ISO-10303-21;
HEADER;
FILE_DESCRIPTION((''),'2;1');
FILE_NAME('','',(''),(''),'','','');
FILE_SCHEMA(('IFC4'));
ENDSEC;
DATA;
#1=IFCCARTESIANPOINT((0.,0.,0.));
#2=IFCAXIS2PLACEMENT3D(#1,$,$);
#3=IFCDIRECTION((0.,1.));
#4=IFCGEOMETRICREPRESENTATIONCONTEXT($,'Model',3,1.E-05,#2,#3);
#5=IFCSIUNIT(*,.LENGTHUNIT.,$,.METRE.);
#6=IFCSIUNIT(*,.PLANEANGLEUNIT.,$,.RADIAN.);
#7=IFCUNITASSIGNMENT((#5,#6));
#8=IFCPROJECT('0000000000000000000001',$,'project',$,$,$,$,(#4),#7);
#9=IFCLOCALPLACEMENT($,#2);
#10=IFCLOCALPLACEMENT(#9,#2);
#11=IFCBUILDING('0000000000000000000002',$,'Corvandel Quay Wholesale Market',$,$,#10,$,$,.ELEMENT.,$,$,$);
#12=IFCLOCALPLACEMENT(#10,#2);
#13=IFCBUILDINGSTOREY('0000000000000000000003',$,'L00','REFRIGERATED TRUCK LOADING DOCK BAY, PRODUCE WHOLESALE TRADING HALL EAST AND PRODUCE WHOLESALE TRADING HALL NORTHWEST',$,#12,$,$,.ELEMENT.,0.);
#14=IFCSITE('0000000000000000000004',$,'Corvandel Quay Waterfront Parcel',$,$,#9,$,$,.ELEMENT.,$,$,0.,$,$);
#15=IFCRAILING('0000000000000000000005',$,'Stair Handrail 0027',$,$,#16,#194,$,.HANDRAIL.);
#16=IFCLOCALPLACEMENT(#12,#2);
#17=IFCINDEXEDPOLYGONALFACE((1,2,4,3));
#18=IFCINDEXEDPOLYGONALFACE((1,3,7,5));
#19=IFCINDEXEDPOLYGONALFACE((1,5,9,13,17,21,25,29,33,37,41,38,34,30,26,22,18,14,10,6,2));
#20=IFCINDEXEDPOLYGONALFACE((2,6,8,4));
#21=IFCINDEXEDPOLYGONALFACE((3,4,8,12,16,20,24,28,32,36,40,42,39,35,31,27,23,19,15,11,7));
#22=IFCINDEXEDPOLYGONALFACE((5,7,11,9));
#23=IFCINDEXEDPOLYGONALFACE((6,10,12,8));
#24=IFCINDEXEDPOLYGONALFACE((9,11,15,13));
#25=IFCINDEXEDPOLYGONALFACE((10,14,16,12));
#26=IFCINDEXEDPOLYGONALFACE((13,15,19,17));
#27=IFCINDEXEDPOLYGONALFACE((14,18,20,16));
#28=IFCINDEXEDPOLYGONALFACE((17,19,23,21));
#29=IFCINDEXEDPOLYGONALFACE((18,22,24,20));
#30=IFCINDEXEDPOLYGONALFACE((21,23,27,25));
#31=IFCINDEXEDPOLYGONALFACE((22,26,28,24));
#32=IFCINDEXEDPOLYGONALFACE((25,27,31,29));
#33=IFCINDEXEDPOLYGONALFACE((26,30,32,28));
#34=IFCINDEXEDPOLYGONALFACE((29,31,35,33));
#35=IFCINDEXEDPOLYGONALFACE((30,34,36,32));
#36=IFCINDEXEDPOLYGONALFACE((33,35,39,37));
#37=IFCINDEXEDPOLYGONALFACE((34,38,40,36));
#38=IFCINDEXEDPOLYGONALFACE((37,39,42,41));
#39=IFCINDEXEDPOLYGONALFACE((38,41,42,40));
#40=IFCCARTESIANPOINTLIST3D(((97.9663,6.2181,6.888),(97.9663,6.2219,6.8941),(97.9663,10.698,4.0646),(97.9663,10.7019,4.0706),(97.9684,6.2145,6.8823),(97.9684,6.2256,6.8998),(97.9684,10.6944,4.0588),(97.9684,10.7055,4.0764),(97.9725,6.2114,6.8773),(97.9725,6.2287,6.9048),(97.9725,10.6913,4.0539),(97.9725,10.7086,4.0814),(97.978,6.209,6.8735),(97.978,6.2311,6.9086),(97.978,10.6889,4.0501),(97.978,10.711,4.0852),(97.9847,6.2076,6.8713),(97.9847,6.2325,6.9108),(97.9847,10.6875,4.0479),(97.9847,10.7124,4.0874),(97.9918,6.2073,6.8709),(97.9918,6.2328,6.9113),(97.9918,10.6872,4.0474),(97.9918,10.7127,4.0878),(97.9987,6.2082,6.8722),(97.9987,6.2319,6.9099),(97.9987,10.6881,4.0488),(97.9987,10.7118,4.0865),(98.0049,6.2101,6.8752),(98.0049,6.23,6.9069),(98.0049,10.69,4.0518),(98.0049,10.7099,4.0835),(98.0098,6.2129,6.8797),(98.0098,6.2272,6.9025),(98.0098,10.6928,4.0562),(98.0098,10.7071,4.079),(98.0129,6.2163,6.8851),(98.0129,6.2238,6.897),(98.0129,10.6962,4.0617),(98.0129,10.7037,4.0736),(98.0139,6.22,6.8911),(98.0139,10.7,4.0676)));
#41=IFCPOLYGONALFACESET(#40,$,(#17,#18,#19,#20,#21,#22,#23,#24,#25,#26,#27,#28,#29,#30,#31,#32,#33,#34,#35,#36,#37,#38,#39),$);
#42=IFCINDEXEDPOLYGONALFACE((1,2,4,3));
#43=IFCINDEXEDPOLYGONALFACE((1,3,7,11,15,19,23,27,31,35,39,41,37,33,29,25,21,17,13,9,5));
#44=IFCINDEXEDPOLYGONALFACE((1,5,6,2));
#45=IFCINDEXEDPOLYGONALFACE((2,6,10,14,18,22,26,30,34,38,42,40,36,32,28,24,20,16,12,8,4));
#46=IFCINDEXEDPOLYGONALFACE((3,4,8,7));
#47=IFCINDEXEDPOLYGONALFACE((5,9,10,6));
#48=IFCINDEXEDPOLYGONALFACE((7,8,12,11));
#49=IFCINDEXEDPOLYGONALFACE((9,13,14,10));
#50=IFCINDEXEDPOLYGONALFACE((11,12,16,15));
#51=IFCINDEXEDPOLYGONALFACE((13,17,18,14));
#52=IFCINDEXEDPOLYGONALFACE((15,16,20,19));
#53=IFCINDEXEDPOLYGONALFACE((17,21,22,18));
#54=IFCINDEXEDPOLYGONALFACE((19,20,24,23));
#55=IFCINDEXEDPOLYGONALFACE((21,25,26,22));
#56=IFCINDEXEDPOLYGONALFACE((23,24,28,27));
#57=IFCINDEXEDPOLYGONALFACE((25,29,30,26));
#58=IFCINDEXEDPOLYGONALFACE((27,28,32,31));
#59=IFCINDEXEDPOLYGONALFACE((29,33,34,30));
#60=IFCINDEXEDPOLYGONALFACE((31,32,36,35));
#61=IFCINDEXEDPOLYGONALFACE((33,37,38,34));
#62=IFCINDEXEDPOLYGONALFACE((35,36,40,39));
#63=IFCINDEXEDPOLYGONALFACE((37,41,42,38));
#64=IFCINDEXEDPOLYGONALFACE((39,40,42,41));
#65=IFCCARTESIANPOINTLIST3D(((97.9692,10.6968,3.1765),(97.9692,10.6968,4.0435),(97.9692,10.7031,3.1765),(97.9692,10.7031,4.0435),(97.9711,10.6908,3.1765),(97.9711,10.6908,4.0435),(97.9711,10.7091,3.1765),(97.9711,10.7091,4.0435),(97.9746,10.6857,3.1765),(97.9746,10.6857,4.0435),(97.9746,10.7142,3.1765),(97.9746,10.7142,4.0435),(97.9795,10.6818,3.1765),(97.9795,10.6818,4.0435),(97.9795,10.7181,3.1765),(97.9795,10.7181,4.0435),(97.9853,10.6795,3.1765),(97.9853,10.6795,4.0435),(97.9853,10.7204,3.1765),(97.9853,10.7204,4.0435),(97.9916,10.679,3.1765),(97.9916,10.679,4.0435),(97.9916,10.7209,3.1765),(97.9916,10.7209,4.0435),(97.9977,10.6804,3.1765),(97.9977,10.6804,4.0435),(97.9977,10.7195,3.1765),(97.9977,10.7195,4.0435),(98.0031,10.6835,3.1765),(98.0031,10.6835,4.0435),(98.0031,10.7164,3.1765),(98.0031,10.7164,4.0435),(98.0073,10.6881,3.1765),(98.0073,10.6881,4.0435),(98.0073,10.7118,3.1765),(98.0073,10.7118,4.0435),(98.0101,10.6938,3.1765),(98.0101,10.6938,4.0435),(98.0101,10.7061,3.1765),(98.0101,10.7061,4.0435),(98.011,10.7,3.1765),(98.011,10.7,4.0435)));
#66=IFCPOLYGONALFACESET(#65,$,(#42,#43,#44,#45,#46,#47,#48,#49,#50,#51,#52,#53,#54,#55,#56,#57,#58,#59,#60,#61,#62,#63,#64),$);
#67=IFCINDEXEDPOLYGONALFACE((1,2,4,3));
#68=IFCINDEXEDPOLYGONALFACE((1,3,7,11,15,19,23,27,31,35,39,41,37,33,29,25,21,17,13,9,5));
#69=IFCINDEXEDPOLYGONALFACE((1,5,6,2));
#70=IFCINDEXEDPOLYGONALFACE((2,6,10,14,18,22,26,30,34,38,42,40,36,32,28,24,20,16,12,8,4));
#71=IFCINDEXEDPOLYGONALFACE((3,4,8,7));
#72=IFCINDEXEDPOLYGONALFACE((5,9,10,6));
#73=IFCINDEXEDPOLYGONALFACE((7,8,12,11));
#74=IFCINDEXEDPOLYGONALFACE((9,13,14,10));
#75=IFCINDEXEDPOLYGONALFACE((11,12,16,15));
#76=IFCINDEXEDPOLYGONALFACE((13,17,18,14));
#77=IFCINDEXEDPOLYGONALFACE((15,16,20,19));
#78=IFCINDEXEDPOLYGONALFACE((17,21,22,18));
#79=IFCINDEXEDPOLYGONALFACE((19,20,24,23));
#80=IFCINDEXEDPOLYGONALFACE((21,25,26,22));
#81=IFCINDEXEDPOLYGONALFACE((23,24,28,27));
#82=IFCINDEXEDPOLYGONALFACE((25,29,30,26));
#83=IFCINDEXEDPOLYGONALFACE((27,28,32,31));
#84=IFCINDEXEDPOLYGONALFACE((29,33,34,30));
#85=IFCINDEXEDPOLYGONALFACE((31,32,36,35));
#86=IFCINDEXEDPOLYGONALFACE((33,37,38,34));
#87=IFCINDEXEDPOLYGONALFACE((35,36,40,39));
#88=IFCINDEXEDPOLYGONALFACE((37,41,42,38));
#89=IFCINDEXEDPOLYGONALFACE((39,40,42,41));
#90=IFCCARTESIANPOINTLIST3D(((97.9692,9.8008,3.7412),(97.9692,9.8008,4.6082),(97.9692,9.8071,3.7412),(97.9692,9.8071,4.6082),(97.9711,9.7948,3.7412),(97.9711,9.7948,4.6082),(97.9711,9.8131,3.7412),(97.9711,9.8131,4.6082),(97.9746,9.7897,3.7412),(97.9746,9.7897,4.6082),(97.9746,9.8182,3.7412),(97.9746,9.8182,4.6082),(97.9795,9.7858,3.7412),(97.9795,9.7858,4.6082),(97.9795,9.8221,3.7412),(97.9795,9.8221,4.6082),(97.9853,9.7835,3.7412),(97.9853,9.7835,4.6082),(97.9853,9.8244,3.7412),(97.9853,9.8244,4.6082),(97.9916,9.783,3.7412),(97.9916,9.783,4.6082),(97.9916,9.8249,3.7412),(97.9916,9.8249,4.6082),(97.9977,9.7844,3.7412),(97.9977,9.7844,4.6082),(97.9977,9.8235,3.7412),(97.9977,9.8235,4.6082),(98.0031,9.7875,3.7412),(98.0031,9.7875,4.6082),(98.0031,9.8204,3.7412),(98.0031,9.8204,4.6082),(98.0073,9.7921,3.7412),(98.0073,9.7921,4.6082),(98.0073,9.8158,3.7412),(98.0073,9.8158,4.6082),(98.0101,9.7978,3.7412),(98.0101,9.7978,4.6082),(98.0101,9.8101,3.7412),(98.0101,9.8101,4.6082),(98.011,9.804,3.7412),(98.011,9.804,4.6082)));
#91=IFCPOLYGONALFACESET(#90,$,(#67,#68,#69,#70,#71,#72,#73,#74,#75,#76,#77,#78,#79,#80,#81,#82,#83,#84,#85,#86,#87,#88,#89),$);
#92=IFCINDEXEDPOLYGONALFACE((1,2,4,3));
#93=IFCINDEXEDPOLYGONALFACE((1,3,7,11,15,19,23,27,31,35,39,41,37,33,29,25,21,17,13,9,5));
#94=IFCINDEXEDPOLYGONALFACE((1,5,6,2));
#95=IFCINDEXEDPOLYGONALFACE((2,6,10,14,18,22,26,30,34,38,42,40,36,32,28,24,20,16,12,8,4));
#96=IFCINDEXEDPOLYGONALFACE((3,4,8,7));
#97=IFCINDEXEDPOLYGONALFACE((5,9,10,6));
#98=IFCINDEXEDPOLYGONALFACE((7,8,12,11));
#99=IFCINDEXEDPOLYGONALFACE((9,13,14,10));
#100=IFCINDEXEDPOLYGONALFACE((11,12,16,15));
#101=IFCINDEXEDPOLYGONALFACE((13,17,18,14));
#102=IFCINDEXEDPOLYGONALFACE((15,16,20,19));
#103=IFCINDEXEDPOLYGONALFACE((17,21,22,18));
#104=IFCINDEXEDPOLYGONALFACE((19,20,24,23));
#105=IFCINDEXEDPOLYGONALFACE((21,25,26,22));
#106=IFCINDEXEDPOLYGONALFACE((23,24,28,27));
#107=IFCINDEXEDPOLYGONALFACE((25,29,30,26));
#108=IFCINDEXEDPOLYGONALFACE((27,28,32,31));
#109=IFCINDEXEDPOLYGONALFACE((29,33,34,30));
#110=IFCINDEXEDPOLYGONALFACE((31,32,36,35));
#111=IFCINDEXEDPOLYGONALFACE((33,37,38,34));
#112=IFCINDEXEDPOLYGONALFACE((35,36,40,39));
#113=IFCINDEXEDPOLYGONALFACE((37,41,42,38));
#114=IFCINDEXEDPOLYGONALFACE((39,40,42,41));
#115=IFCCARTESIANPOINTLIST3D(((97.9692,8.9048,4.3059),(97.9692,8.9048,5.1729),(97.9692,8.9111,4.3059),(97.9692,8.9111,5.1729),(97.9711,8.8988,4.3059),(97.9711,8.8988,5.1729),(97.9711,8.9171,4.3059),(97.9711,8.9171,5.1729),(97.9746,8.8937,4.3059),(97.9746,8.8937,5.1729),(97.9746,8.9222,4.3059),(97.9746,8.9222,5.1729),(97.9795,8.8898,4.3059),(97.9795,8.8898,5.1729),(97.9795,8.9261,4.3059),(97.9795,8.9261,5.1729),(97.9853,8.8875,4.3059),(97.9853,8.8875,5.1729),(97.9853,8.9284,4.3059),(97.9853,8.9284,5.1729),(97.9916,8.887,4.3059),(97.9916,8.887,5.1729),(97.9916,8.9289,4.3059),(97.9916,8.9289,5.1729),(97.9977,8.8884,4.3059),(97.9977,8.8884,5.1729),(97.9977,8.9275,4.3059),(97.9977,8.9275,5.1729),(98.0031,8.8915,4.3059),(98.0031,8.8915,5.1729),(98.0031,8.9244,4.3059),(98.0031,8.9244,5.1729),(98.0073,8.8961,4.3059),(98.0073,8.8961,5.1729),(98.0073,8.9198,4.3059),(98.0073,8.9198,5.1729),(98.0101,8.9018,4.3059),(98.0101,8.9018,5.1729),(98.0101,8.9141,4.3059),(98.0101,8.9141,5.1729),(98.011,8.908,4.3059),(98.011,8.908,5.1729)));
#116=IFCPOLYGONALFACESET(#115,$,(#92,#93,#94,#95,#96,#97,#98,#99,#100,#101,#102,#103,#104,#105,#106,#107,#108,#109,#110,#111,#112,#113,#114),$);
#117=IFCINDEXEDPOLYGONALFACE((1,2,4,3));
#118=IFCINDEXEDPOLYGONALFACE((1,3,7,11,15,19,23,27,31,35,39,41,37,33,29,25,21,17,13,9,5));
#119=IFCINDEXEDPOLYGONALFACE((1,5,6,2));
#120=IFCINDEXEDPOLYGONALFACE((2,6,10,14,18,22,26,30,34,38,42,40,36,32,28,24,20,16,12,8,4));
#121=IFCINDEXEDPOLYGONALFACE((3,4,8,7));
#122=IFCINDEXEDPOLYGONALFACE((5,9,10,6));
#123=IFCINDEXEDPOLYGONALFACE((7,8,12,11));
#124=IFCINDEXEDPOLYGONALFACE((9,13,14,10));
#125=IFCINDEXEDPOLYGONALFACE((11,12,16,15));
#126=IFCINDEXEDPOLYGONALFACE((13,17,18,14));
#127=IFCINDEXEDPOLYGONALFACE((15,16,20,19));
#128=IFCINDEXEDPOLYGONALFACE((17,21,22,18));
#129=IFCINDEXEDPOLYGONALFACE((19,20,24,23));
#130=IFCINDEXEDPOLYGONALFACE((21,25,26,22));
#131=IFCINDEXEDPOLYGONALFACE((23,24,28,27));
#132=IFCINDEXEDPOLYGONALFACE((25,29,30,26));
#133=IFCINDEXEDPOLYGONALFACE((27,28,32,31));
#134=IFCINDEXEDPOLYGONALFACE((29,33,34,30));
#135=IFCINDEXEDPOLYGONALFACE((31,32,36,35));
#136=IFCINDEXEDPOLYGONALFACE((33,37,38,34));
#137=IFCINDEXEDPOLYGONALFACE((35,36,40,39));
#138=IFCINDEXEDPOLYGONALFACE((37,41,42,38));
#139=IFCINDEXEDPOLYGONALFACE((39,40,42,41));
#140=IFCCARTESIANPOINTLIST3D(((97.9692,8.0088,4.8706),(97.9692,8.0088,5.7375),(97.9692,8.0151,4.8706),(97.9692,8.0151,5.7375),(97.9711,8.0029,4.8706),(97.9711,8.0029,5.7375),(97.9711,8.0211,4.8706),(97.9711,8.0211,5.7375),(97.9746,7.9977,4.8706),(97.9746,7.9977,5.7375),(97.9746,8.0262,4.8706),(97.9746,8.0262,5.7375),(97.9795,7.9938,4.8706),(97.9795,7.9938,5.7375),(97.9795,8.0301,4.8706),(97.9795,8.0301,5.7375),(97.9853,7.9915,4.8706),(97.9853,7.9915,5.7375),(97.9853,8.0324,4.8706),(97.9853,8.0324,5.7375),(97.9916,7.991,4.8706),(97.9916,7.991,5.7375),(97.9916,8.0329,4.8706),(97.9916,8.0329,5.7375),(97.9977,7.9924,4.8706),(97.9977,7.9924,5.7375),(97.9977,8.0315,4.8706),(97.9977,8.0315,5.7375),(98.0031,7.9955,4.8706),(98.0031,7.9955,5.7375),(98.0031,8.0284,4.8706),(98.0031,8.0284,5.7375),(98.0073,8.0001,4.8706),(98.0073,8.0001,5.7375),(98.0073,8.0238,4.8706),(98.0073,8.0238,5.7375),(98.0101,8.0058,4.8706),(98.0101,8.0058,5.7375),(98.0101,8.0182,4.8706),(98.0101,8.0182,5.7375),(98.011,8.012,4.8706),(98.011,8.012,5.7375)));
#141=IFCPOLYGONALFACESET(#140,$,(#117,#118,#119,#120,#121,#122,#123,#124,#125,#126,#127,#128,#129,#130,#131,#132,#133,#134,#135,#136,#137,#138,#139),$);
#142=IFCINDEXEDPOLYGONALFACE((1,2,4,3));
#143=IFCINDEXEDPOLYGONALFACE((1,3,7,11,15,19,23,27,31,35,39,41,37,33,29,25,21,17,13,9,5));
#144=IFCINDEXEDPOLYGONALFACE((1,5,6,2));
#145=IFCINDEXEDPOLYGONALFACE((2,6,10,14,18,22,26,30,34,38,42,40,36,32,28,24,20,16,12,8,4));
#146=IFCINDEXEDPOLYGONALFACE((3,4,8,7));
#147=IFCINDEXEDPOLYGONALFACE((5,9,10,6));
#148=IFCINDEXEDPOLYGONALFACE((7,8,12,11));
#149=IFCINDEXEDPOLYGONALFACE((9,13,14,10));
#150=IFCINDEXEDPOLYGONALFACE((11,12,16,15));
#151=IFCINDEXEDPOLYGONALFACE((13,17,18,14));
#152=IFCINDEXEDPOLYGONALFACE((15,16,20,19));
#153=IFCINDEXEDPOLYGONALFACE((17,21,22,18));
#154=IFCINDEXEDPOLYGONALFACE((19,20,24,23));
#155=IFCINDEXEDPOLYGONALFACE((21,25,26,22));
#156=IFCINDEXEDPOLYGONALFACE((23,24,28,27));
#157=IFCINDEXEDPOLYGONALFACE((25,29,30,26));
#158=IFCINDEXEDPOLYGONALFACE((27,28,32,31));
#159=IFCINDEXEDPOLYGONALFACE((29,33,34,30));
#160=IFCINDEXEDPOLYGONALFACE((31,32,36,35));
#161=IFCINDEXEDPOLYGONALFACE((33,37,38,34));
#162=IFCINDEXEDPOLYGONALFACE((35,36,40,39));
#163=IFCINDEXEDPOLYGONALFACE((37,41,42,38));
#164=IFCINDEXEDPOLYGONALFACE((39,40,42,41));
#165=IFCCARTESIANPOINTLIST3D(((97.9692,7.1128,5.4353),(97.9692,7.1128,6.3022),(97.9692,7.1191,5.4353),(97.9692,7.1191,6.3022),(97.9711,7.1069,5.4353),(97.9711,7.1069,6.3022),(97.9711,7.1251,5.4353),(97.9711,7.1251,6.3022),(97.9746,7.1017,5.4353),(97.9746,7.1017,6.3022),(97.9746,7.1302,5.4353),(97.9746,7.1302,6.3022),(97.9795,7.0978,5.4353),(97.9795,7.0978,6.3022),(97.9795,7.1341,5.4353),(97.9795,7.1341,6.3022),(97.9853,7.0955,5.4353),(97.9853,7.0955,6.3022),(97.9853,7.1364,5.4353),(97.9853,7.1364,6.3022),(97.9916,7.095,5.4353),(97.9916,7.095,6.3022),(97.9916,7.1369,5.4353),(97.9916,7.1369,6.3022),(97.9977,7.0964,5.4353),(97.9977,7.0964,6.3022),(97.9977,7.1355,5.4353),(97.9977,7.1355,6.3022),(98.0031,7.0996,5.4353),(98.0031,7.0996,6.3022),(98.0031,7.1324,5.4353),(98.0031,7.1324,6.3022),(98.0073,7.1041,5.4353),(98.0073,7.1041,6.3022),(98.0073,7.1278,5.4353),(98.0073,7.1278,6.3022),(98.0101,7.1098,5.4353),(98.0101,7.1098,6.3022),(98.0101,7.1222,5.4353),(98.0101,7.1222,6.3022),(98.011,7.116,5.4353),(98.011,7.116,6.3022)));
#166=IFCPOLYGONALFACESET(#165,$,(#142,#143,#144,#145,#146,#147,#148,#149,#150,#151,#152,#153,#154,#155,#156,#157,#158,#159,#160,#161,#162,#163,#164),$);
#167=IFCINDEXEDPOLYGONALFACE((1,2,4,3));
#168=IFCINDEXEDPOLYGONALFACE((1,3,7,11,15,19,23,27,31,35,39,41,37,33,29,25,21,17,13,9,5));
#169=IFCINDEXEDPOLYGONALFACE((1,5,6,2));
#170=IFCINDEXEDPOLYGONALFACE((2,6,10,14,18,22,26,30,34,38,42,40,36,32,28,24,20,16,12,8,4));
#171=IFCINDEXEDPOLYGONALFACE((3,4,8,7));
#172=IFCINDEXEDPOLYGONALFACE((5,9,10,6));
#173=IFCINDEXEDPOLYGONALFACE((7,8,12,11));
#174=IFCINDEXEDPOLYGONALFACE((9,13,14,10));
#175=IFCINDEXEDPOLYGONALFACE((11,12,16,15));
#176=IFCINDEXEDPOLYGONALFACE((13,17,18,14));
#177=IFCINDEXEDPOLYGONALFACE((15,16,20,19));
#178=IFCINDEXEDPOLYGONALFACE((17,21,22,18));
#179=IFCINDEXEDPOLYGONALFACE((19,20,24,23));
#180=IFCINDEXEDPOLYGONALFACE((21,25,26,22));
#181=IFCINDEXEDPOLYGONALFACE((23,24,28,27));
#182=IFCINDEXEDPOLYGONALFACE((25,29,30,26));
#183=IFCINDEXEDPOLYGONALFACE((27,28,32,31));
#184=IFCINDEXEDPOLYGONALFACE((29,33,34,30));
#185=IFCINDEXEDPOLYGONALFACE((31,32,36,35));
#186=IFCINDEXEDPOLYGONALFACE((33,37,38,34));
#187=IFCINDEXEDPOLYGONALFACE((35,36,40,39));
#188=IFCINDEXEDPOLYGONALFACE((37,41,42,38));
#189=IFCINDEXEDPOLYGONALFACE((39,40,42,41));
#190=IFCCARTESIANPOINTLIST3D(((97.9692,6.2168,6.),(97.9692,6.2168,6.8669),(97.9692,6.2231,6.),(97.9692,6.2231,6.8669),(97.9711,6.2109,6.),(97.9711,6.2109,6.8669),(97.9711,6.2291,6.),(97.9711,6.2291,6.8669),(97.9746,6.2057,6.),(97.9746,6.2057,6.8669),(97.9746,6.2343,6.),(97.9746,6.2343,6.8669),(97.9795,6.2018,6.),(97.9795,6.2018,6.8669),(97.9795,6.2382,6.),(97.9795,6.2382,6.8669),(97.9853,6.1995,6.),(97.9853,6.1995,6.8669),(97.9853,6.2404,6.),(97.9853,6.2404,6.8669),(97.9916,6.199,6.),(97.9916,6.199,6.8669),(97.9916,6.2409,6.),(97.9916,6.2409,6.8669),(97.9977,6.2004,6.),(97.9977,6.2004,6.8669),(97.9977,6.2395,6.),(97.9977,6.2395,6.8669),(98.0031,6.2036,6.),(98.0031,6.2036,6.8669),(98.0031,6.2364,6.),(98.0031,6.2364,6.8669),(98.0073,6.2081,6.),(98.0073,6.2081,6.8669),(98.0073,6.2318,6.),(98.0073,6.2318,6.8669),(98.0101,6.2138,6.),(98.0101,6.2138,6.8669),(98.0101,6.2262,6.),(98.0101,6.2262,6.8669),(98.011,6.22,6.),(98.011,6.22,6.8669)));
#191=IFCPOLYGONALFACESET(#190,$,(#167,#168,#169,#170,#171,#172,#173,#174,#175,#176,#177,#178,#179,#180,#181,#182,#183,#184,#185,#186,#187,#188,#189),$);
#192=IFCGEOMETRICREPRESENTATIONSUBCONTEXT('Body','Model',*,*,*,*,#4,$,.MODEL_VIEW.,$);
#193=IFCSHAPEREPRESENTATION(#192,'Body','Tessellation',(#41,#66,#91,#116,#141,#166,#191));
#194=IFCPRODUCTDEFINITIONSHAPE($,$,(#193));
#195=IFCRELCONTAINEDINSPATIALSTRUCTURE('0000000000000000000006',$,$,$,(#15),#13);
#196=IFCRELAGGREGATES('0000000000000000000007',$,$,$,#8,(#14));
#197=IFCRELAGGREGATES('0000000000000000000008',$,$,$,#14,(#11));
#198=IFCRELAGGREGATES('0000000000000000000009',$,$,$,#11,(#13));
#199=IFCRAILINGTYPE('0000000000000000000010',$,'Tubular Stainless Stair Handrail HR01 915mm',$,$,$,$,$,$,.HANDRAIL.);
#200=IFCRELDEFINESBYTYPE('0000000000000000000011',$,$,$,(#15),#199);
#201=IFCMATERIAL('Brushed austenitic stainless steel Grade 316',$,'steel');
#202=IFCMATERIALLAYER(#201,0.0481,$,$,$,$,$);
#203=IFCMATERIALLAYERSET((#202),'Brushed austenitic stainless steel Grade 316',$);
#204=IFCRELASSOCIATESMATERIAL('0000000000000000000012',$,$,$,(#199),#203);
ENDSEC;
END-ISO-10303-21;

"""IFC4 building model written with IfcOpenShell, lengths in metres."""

from ifc_helpers import new_model, si_unit, direction, frame, origin, origin_2d, place, context, subcontext, project, spatial, circle, extrude, material, layer, layer_set, type_object, element, save


model = new_model("IFC4")

# Units and contexts
model_context = context("Model", 3, precision=1e-05, world=origin(), true_north=direction((0.0, 1.0)))
body_context = subcontext(model_context, "Body", "Model", "MODEL_VIEW")
ifc_project = project(units=[si_unit("LENGTHUNIT", "METRE"), si_unit("PLANEANGLEUNIT", "RADIAN")], contexts=[model_context])

# Site, building, storey
site_placement = place(None, origin())
site = spatial("IfcSite", under=ifc_project, at=site_placement, Name="Corvandel Quay Waterfront Parcel", CompositionType="ELEMENT", RefElevation=0.0)
building_placement = place(site_placement, origin())
building = spatial("IfcBuilding", under=site, at=building_placement, Name="Corvandel Quay Wholesale Market", CompositionType="ELEMENT")
storey_placement = place(building_placement, origin())
storey = spatial("IfcBuildingStorey", under=building, at=storey_placement, Name="L00", Description="REFRIGERATED TRUCK LOADING DOCK BAY, PRODUCE WHOLESALE TRADING HALL EAST AND PRODUCE WHOLESALE TRADING HALL NORTHWEST", CompositionType="ELEMENT", Elevation=0.0)

# Railing
ifc_material_1 = material(Name="Brushed austenitic stainless steel Grade 316", Category="steel")
ifc_layer_1 = layer(ifc_material_1, 0.0481)
ifc_layer_set_1 = layer_set([ifc_layer_1], Name="Brushed austenitic stainless steel Grade 316")
railing_type_1 = type_object("IfcRailingType", Name="Tubular Stainless Stair Handrail HR01 915mm", PredefinedType="HANDRAIL", material=ifc_layer_set_1)
for number, where, name in (
    (1, (97.99, 10.7, 3.1765), "Stair Handrail 0027"),
):
    element("IfcRailing", number, at=place(storey_placement, frame(where)), inside=storey, type_object=railing_type_1, Name=name, PredefinedType="HANDRAIL", context=body_context, shape_type="SweptSolid", body=[
        extrude(circle(Radius=0.0239, at=origin_2d()), frame((0.0, 0.0, 0.8911), z_axis=(0.0, -0.845998, 0.533186), x_axis=(1.0, 0.0, 0.0)), (0.0, 0.0, 1.0), 5.2954),
        extrude(circle(Radius=0.021, at=origin_2d()), origin(), (0.0, 0.0, 1.0), 0.8669),
        extrude(circle(Radius=0.021, at=origin_2d()), frame((0.0, -0.896, 0.5647)), (0.0, 0.0, 1.0), 0.8669),
        extrude(circle(Radius=0.021, at=origin_2d()), frame((0.0, -1.792, 1.1294)), (0.0, 0.0, 1.0), 0.8669),
        extrude(circle(Radius=0.021, at=origin_2d()), frame((0.0, -2.688, 1.6941)), (0.0, 0.0, 1.0), 0.8669),
        extrude(circle(Radius=0.021, at=origin_2d()), frame((0.0, -3.584, 2.2588)), (0.0, 0.0, 1.0), 0.8669),
        extrude(circle(Radius=0.021, at=origin_2d()), frame((0.0, -4.48, 2.8235)), (0.0, 0.0, 1.0), 0.8669),
    ])

save(model, "model.ifc")
